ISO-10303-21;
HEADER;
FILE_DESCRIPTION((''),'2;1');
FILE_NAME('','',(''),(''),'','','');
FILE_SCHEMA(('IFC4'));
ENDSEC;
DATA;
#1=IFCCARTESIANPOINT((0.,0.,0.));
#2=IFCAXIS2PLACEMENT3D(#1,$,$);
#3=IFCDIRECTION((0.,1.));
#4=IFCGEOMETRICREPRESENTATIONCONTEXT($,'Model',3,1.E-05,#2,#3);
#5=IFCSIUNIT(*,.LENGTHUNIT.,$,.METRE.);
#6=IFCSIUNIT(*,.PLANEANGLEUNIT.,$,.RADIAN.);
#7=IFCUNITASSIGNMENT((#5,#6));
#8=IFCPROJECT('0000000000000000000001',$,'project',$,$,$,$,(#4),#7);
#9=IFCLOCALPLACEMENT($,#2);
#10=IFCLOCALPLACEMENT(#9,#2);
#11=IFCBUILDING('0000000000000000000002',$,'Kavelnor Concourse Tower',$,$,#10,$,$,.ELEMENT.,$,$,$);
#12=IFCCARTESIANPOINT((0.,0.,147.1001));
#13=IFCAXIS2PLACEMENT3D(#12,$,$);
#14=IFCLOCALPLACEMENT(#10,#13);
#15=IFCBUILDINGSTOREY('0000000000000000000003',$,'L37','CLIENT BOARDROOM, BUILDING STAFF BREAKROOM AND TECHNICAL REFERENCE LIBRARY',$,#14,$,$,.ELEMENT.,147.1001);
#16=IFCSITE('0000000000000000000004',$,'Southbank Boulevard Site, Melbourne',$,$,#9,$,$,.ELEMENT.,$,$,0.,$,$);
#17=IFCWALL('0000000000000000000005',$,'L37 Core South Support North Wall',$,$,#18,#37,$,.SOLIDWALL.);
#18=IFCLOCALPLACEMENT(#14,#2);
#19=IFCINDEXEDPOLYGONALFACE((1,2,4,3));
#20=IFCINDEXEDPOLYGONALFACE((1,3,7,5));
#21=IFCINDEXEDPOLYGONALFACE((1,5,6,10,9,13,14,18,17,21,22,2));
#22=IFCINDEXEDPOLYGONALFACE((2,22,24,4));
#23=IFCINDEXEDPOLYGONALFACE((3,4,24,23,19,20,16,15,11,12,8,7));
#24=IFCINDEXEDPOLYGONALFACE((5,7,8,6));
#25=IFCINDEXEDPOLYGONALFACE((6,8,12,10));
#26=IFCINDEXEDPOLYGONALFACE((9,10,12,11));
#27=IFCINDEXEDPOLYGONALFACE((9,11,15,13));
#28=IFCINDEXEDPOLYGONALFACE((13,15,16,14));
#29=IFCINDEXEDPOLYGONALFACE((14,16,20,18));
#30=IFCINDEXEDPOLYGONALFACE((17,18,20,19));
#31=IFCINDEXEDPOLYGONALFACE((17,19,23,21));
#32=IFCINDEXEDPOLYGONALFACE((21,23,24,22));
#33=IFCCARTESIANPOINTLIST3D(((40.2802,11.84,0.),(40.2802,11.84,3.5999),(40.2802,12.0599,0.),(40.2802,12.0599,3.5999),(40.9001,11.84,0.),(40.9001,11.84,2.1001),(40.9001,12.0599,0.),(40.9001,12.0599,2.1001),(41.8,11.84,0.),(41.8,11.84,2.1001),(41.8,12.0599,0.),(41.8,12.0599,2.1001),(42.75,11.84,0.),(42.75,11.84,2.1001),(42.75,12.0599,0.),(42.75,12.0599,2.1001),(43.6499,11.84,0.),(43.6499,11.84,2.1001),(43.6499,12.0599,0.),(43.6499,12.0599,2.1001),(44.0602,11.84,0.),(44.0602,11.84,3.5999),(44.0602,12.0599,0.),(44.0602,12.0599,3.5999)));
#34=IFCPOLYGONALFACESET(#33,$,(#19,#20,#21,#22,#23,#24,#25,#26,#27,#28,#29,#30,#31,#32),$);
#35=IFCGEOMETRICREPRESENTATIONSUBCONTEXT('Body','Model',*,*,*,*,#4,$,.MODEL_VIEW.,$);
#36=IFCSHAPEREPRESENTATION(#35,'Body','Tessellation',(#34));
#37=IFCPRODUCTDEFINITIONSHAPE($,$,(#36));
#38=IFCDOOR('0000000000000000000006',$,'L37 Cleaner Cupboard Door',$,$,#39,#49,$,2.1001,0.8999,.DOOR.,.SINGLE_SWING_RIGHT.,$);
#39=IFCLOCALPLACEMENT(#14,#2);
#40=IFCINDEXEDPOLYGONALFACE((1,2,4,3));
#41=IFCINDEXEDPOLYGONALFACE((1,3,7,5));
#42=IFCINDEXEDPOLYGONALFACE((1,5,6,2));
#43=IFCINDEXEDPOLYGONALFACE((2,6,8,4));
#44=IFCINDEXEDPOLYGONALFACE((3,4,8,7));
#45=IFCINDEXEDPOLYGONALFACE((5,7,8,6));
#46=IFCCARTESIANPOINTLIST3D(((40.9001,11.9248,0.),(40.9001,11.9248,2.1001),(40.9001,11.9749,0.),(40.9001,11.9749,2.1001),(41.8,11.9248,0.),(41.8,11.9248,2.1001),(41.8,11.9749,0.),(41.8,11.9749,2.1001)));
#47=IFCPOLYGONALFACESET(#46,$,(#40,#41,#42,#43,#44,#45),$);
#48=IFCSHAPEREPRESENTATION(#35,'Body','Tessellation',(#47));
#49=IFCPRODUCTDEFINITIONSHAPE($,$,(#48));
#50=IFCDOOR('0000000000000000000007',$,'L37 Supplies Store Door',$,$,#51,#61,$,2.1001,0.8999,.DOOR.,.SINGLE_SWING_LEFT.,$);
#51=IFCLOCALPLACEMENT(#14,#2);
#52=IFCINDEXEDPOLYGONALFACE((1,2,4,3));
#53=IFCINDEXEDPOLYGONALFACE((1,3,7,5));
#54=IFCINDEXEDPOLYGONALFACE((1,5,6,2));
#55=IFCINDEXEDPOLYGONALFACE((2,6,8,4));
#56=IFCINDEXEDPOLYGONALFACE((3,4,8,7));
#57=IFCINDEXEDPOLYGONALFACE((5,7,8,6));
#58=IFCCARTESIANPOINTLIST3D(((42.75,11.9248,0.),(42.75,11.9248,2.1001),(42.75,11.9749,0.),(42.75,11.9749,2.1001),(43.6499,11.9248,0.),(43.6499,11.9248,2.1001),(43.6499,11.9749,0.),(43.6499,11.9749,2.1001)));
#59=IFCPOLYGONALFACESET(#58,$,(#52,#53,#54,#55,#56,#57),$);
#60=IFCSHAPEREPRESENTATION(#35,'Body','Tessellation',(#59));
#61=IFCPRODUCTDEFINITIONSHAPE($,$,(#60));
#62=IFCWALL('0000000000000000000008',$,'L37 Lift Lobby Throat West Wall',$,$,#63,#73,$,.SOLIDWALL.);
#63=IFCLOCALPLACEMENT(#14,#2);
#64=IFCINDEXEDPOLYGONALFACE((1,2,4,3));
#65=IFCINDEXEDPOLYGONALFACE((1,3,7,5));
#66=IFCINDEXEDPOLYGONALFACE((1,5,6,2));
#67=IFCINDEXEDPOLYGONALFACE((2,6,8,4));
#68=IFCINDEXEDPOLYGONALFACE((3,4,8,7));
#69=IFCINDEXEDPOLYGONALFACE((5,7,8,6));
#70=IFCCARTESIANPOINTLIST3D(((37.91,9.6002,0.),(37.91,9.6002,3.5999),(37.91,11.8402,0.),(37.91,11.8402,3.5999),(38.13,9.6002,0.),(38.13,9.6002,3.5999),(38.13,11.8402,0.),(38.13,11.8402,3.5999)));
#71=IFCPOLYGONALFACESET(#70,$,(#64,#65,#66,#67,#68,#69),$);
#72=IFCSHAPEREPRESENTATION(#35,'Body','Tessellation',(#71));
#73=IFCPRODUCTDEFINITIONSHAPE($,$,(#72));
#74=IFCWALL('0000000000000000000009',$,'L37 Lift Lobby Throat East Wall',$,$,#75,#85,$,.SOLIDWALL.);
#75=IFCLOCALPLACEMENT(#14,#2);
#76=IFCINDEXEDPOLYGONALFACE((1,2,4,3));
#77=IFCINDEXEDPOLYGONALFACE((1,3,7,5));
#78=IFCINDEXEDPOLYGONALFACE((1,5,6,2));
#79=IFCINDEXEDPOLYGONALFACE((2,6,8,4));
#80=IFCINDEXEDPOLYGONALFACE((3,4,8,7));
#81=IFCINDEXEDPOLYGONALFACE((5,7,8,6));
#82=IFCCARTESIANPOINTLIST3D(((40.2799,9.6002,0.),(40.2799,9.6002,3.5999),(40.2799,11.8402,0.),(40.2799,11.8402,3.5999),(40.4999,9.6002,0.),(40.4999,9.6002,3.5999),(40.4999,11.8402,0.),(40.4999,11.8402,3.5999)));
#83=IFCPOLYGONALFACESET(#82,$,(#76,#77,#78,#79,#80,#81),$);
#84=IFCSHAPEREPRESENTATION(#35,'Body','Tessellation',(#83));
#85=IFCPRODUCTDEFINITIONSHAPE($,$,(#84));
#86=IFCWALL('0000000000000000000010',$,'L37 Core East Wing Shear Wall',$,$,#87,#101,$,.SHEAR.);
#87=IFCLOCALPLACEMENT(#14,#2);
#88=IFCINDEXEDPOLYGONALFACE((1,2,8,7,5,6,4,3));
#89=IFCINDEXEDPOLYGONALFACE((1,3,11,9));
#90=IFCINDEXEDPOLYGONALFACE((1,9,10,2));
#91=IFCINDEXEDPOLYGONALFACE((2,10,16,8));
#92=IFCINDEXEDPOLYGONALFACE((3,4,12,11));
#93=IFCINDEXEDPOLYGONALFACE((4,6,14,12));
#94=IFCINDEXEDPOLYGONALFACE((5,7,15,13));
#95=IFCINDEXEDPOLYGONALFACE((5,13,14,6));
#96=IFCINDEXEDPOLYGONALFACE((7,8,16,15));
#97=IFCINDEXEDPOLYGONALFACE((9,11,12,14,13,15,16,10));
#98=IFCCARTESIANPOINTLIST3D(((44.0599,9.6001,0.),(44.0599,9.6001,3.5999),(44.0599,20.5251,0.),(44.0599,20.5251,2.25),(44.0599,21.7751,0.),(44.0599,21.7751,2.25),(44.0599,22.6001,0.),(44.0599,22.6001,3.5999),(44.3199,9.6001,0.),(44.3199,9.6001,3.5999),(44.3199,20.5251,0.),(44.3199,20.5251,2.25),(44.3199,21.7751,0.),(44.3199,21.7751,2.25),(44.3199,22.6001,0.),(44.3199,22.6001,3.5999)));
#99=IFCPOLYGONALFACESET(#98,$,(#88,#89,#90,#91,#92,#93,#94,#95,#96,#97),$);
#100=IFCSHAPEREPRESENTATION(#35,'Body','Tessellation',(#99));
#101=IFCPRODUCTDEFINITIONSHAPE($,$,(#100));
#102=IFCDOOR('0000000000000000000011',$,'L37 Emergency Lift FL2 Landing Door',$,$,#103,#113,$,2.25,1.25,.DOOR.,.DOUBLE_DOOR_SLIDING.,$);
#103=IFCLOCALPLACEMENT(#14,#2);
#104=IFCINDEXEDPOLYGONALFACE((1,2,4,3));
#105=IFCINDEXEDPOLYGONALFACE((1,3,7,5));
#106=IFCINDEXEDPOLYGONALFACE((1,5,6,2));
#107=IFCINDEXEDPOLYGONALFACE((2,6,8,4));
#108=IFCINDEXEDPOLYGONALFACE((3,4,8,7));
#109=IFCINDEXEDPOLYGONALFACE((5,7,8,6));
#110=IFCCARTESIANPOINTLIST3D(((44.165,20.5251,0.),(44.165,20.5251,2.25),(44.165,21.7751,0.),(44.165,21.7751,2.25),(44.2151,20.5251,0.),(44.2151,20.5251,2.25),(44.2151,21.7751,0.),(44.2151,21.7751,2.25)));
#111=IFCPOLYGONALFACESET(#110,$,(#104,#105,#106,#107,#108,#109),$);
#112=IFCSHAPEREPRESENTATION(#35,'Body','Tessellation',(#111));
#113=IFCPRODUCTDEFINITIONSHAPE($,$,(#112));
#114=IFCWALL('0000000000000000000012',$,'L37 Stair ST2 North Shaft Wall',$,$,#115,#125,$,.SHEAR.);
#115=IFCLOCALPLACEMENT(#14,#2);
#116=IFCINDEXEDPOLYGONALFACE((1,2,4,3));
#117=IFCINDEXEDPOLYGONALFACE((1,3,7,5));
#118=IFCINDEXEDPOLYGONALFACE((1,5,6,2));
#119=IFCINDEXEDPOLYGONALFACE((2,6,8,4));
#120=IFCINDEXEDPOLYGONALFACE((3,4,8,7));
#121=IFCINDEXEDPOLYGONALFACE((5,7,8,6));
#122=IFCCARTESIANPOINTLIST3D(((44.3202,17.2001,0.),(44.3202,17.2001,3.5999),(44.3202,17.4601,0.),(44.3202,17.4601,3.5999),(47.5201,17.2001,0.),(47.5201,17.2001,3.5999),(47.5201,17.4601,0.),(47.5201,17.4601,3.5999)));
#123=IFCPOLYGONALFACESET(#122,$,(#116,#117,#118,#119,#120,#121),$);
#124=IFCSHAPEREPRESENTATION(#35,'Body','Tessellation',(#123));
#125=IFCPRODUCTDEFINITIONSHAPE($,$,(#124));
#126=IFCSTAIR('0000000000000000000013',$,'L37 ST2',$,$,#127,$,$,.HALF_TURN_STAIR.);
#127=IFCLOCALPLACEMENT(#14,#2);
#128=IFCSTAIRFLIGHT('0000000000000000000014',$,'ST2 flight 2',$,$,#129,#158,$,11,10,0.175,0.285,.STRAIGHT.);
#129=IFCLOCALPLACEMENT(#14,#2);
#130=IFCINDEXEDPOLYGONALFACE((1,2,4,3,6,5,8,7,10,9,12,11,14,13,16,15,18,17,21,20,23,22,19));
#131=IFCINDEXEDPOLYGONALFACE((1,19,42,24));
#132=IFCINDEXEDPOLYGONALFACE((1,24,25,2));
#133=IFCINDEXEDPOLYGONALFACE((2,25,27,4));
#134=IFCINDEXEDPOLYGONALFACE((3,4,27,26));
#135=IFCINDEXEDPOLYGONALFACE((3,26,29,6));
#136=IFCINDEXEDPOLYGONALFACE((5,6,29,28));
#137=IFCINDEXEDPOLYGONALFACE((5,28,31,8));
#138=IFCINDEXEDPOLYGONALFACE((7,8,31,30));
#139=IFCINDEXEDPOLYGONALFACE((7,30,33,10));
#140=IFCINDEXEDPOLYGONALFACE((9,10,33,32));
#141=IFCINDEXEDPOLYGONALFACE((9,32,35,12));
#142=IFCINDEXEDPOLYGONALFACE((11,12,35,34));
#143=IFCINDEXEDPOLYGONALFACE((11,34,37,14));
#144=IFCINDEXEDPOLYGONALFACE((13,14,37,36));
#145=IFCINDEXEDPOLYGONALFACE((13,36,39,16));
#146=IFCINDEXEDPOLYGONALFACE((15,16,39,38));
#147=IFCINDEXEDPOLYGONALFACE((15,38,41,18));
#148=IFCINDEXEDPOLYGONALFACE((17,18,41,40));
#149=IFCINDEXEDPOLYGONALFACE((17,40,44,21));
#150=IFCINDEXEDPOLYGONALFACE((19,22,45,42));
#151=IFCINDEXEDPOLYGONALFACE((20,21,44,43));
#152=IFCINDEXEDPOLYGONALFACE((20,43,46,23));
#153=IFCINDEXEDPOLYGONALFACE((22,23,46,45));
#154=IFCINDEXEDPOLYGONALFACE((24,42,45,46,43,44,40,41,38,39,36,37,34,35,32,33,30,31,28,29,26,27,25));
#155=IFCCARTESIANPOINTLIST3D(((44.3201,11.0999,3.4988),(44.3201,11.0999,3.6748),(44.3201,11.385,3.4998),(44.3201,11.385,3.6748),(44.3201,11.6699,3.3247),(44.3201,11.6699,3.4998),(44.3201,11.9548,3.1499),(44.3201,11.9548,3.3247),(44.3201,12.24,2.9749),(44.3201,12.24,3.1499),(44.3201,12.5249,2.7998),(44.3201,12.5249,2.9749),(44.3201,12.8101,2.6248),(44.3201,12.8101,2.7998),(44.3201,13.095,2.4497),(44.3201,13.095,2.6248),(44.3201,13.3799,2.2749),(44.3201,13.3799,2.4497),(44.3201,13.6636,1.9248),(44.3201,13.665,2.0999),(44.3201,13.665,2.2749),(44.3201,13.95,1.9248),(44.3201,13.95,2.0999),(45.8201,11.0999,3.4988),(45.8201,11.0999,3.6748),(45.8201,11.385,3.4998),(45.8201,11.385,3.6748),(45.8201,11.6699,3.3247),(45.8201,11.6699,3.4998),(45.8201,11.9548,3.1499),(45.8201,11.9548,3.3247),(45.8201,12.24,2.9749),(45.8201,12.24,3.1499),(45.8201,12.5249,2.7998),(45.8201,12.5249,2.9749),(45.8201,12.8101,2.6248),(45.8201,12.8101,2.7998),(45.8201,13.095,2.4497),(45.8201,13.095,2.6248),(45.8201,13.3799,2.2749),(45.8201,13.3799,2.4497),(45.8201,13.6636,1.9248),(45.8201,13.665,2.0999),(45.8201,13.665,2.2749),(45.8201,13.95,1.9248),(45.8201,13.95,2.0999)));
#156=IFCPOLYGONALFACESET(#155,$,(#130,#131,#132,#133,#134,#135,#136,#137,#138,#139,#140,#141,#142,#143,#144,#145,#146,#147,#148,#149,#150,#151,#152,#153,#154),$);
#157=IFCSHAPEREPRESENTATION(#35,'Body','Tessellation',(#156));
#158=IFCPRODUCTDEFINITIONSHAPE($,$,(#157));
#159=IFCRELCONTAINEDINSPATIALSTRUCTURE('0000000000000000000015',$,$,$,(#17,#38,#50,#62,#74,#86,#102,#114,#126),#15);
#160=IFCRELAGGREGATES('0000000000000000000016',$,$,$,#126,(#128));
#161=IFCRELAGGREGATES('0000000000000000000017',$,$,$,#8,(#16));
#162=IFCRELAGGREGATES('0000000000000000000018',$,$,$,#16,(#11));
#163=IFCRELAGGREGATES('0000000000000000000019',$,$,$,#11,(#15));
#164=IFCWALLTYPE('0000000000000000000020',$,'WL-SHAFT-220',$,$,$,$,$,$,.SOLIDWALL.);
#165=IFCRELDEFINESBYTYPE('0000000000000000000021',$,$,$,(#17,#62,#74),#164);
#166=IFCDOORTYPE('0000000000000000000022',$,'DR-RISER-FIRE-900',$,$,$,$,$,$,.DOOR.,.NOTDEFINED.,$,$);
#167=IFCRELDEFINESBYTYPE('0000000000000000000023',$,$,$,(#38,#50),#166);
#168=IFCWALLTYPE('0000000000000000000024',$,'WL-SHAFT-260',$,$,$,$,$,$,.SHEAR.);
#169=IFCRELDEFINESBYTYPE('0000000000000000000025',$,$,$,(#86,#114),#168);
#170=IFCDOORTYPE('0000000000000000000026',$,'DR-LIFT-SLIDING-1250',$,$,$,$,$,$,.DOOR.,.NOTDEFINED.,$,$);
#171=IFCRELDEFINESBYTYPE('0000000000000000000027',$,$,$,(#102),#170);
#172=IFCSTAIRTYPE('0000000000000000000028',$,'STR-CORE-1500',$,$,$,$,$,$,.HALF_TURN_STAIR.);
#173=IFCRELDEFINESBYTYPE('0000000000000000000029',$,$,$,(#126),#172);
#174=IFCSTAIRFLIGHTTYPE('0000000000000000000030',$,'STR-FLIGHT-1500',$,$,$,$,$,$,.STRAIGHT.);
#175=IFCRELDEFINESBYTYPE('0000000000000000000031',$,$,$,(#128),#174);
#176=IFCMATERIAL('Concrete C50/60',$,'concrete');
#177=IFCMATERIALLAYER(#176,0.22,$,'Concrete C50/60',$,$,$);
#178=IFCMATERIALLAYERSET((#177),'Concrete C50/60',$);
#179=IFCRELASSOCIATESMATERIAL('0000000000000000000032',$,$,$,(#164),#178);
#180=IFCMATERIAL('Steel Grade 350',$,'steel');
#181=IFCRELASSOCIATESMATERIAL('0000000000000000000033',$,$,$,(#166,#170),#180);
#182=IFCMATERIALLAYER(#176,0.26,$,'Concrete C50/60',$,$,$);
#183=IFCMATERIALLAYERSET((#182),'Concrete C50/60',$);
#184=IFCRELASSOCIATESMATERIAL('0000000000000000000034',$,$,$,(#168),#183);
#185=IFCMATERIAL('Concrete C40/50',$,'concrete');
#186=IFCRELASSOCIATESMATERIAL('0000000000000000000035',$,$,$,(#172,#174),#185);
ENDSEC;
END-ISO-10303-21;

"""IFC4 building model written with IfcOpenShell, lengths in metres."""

from ifc_helpers import new_model, si_unit, direction, frame, frame_2d, origin, place, context, subcontext, project, spatial, polyline, rectangle, outline, extrude, material, layer, layer_set, type_object, element, fill, aggregate, save


model = new_model("IFC4")

# Units and contexts
model_context = context("Model", 3, precision=1e-05, world=origin(), true_north=direction((0.0, 1.0)))
body_context = subcontext(model_context, "Body", "Model", "MODEL_VIEW")
ifc_project = project(units=[si_unit("LENGTHUNIT", "METRE"), si_unit("PLANEANGLEUNIT", "RADIAN")], contexts=[model_context])

# Site, building, storey
site_placement = place(None, origin())
site = spatial("IfcSite", under=ifc_project, at=site_placement, Name="Southbank Boulevard Site, Melbourne", CompositionType="ELEMENT", RefElevation=0.0)
building_placement = place(site_placement, origin())
building = spatial("IfcBuilding", under=site, at=building_placement, Name="Kavelnor Concourse Tower", CompositionType="ELEMENT")
storey_placement = place(building_placement, frame((0.0, 0.0, 147.1001)))
storey = spatial("IfcBuildingStorey", under=building, at=storey_placement, Name="L37", Description="CLIENT BOARDROOM, BUILDING STAFF BREAKROOM AND TECHNICAL REFERENCE LIBRARY", CompositionType="ELEMENT", Elevation=147.1001)

# Shared definitions
ifc_material_1 = material(Name="Steel Grade 350", Category="steel")

# Shared definitions
ifc_material_2 = material(Name="Concrete C50/60", Category="concrete")
ifc_layer_1 = layer(ifc_material_2, 0.22, Name="Concrete C50/60")
ifc_layer_set_1 = layer_set([ifc_layer_1], Name="Concrete C50/60")
wall_type_1 = type_object("IfcWallType", Name="WL-SHAFT-220", PredefinedType="SOLIDWALL", material=ifc_layer_set_1)

# Wall, openings, doors
wall_1_placement = place(storey_placement, frame((40.28, 11.95, 0.0), z_axis=(0.0, 0.0, 1.0), x_axis=(1.0, 0.0, 0.0)))
wall_1 = element("IfcWall", 1, at=wall_1_placement, inside=storey, type_object=wall_type_1, Name="L37 Core South Support North Wall", PredefinedType="SOLIDWALL", context=body_context, shape_type="SweptSolid", body=[
    extrude(rectangle(XDim=3.78, YDim=0.22, at=frame_2d((1.8901, 0.0))), origin(), (0.0, 0.0, 1.0), 3.5999),
])
opening_1_placement = place(wall_1_placement, frame((0.6201, 0.0, 0.0)))
opening_1 = element("IfcOpeningElement", 2, at=opening_1_placement, cuts=wall_1, PredefinedType="OPENING", context=body_context, shape_type="SweptSolid", body=[
    extrude(rectangle(XDim=0.8999, YDim=2.1001, at=frame_2d((0.45, 1.05))), frame((0.0, 0.1201, 0.0), z_axis=(0.0, -1.0, 0.0), x_axis=(1.0, 0.0, 0.0)), (0.0, 0.0, 1.0), 0.24),
])
opening_2_placement = place(wall_1_placement, frame((2.47, 0.0, 0.0)))
opening_2 = element("IfcOpeningElement", 3, at=opening_2_placement, cuts=wall_1, PredefinedType="OPENING", context=body_context, shape_type="SweptSolid", body=[
    extrude(rectangle(XDim=0.8999, YDim=2.1001, at=frame_2d((0.45, 1.05))), frame((0.0, 0.1201, 0.0), z_axis=(0.0, -1.0, 0.0), x_axis=(1.0, 0.0, 0.0)), (0.0, 0.0, 1.0), 0.24),
])
door_type_1 = type_object("IfcDoorType", Name="DR-RISER-FIRE-900", OperationType="NOTDEFINED", PredefinedType="DOOR", material=ifc_material_1)
door_1_placement = place(opening_1_placement, origin())
door_1 = element("IfcDoor", 4, at=door_1_placement, inside=storey, type_object=door_type_1, Name="L37 Cleaner Cupboard Door", OperationType="SINGLE_SWING_RIGHT", OverallHeight=2.1001, OverallWidth=0.8999, PredefinedType="DOOR", context=body_context, shape_type="SweptSolid", body=[
    extrude(rectangle(XDim=0.8999, YDim=2.1001, at=frame_2d((0.45, 1.05))), frame((0.0, 0.0249, 0.0), z_axis=(0.0, -1.0, 0.0), x_axis=(1.0, 0.0, 0.0)), (0.0, 0.0, 1.0), 0.05),
])
fill(opening_1, door_1)
door_2_placement = place(opening_2_placement, origin())
door_2 = element("IfcDoor", 5, at=door_2_placement, inside=storey, type_object=door_type_1, Name="L37 Supplies Store Door", OperationType="SINGLE_SWING_LEFT", OverallHeight=2.1001, OverallWidth=0.8999, PredefinedType="DOOR", context=body_context, shape_type="SweptSolid", body=[
    extrude(rectangle(XDim=0.8999, YDim=2.1001, at=frame_2d((0.45, 1.05))), frame((0.0, 0.0249, 0.0), z_axis=(0.0, -1.0, 0.0), x_axis=(1.0, 0.0, 0.0)), (0.0, 0.0, 1.0), 0.05),
])
fill(opening_2, door_2)

# Walls
for number, where, z_axis, x_axis, name in (
    (6, (38.02, 9.6001, 0.0), (0.0, 0.0, 1.0), (0.0, 1.0, 0.0), "L37 Lift Lobby Throat West Wall"),
    (7, (40.3899, 9.6001, 0.0), (0.0, 0.0, 1.0), (0.0, 1.0, 0.0), "L37 Lift Lobby Throat East Wall"),
):
    element("IfcWall", number, at=place(storey_placement, frame(where, z_axis=z_axis, x_axis=x_axis)), inside=storey, type_object=wall_type_1, Name=name, PredefinedType="SOLIDWALL", context=body_context, shape_type="SweptSolid", body=[
        extrude(rectangle(XDim=2.24, YDim=0.22, at=frame_2d((1.1201, 0.0))), origin(), (0.0, 0.0, 1.0), 3.5999),
    ])

# Wall, opening, door
ifc_layer_2 = layer(ifc_material_2, 0.26, Name="Concrete C50/60")
ifc_layer_set_2 = layer_set([ifc_layer_2], Name="Concrete C50/60")
wall_type_2 = type_object("IfcWallType", Name="WL-SHAFT-260", PredefinedType="SHEAR", material=ifc_layer_set_2)
wall_2_placement = place(storey_placement, frame((44.1899, 9.6001, 0.0), z_axis=(0.0, 0.0, 1.0), x_axis=(0.0, 1.0, 0.0)))
wall_2 = element("IfcWall", 8, at=wall_2_placement, inside=storey, type_object=wall_type_2, Name="L37 Core East Wing Shear Wall", PredefinedType="SHEAR", context=body_context, shape_type="SweptSolid", body=[
    extrude(rectangle(XDim=13.0, YDim=0.26, at=frame_2d((6.5, 0.0))), origin(), (0.0, 0.0, 1.0), 3.5999),
])
opening_3_placement = place(wall_2_placement, frame((10.925, 0.0, 0.0)))
opening_3 = element("IfcOpeningElement", 9, at=opening_3_placement, cuts=wall_2, PredefinedType="OPENING", context=body_context, shape_type="SweptSolid", body=[
    extrude(rectangle(XDim=1.25, YDim=2.25, at=frame_2d((0.625, 1.125))), frame((0.0, 0.1401, 0.0), z_axis=(0.0, -1.0, 0.0), x_axis=(1.0, 0.0, 0.0)), (0.0, 0.0, 1.0), 0.28),
])
door_type_2 = type_object("IfcDoorType", Name="DR-LIFT-SLIDING-1250", OperationType="NOTDEFINED", PredefinedType="DOOR", material=ifc_material_1)
door_3_placement = place(opening_3_placement, origin())
door_3 = element("IfcDoor", 10, at=door_3_placement, inside=storey, type_object=door_type_2, Name="L37 Emergency Lift FL2 Landing Door", OperationType="DOUBLE_DOOR_SLIDING", OverallHeight=2.25, OverallWidth=1.25, PredefinedType="DOOR", context=body_context, shape_type="SweptSolid", body=[
    extrude(rectangle(XDim=1.25, YDim=2.25, at=frame_2d((0.625, 1.125))), frame((0.0, 0.0249, 0.0), z_axis=(0.0, -1.0, 0.0), x_axis=(1.0, 0.0, 0.0)), (0.0, 0.0, 1.0), 0.05),
])
fill(opening_3, door_3)

# Wall
wall_3_placement = place(storey_placement, frame((44.3201, 17.3301, 0.0), z_axis=(0.0, 0.0, 1.0), x_axis=(1.0, 0.0, 0.0)))
element("IfcWall", 11, at=wall_3_placement, inside=storey, type_object=wall_type_2, Name="L37 Stair ST2 North Shaft Wall", PredefinedType="SHEAR", context=body_context, shape_type="SweptSolid", body=[
    extrude(rectangle(XDim=3.2, YDim=0.26, at=frame_2d((1.6001, 0.0))), origin(), (0.0, 0.0, 1.0), 3.5999),
])

# Stair, stair flight
ifc_material_3 = material(Name="Concrete C40/50", Category="concrete")
stair_type = type_object("IfcStairType", Name="STR-CORE-1500", PredefinedType="HALF_TURN_STAIR", material=ifc_material_3)
stair_1_placement = place(storey_placement, origin())
stair_1 = element("IfcStair", 12, at=stair_1_placement, inside=storey, type_object=stair_type, Name="L37 ST2", PredefinedType="HALF_TURN_STAIR")
stair_flight_type = type_object("IfcStairFlightType", Name="STR-FLIGHT-1500", PredefinedType="STRAIGHT", material=ifc_material_3)
stair_flight_1_placement = place(storey_placement, frame((45.0701, 13.95, 1.9248), z_axis=(0.0, 0.0, 1.0), x_axis=(0.0, -1.0, 0.0)))
stair_flight_1 = element("IfcStairFlight", 13, at=stair_flight_1_placement, type_object=stair_flight_type, Name="ST2 flight 2", NumberOfRisers=11, NumberOfTreads=10, PredefinedType="STRAIGHT", RiserHeight=0.175, TreadLength=0.285, context=body_context, shape_type="SweptSolid", body=[
    extrude(outline(polyline([(0.0, 0.0), (0.0, 0.175), (0.2849, 0.175), (0.2849, 0.3501), (0.5701, 0.3501), (0.5701, 0.5249), (0.855, 0.5249), (0.855, 0.7), (1.1399, 0.7), (1.1399, 0.875), (1.425, 0.875), (1.425, 1.05), (1.71, 1.05), (1.71, 1.2251), (1.9951, 1.2251), (1.9951, 1.3999), (2.28, 1.3999), (2.28, 1.575), (2.5649, 1.575), (2.5649, 1.75), (2.8501, 1.75), (2.8501, 1.925), (2.8501, 1.574), (0.2864, 0.0), (0.0, 0.0)])), frame((0.0, 0.75, 0.0), z_axis=(0.0, -1.0, 0.0), x_axis=(1.0, 0.0, 0.0)), (0.0, 0.0, 1.0), 1.5),
])
aggregate(stair_1, [stair_flight_1])

save(model, "model.ifc")
